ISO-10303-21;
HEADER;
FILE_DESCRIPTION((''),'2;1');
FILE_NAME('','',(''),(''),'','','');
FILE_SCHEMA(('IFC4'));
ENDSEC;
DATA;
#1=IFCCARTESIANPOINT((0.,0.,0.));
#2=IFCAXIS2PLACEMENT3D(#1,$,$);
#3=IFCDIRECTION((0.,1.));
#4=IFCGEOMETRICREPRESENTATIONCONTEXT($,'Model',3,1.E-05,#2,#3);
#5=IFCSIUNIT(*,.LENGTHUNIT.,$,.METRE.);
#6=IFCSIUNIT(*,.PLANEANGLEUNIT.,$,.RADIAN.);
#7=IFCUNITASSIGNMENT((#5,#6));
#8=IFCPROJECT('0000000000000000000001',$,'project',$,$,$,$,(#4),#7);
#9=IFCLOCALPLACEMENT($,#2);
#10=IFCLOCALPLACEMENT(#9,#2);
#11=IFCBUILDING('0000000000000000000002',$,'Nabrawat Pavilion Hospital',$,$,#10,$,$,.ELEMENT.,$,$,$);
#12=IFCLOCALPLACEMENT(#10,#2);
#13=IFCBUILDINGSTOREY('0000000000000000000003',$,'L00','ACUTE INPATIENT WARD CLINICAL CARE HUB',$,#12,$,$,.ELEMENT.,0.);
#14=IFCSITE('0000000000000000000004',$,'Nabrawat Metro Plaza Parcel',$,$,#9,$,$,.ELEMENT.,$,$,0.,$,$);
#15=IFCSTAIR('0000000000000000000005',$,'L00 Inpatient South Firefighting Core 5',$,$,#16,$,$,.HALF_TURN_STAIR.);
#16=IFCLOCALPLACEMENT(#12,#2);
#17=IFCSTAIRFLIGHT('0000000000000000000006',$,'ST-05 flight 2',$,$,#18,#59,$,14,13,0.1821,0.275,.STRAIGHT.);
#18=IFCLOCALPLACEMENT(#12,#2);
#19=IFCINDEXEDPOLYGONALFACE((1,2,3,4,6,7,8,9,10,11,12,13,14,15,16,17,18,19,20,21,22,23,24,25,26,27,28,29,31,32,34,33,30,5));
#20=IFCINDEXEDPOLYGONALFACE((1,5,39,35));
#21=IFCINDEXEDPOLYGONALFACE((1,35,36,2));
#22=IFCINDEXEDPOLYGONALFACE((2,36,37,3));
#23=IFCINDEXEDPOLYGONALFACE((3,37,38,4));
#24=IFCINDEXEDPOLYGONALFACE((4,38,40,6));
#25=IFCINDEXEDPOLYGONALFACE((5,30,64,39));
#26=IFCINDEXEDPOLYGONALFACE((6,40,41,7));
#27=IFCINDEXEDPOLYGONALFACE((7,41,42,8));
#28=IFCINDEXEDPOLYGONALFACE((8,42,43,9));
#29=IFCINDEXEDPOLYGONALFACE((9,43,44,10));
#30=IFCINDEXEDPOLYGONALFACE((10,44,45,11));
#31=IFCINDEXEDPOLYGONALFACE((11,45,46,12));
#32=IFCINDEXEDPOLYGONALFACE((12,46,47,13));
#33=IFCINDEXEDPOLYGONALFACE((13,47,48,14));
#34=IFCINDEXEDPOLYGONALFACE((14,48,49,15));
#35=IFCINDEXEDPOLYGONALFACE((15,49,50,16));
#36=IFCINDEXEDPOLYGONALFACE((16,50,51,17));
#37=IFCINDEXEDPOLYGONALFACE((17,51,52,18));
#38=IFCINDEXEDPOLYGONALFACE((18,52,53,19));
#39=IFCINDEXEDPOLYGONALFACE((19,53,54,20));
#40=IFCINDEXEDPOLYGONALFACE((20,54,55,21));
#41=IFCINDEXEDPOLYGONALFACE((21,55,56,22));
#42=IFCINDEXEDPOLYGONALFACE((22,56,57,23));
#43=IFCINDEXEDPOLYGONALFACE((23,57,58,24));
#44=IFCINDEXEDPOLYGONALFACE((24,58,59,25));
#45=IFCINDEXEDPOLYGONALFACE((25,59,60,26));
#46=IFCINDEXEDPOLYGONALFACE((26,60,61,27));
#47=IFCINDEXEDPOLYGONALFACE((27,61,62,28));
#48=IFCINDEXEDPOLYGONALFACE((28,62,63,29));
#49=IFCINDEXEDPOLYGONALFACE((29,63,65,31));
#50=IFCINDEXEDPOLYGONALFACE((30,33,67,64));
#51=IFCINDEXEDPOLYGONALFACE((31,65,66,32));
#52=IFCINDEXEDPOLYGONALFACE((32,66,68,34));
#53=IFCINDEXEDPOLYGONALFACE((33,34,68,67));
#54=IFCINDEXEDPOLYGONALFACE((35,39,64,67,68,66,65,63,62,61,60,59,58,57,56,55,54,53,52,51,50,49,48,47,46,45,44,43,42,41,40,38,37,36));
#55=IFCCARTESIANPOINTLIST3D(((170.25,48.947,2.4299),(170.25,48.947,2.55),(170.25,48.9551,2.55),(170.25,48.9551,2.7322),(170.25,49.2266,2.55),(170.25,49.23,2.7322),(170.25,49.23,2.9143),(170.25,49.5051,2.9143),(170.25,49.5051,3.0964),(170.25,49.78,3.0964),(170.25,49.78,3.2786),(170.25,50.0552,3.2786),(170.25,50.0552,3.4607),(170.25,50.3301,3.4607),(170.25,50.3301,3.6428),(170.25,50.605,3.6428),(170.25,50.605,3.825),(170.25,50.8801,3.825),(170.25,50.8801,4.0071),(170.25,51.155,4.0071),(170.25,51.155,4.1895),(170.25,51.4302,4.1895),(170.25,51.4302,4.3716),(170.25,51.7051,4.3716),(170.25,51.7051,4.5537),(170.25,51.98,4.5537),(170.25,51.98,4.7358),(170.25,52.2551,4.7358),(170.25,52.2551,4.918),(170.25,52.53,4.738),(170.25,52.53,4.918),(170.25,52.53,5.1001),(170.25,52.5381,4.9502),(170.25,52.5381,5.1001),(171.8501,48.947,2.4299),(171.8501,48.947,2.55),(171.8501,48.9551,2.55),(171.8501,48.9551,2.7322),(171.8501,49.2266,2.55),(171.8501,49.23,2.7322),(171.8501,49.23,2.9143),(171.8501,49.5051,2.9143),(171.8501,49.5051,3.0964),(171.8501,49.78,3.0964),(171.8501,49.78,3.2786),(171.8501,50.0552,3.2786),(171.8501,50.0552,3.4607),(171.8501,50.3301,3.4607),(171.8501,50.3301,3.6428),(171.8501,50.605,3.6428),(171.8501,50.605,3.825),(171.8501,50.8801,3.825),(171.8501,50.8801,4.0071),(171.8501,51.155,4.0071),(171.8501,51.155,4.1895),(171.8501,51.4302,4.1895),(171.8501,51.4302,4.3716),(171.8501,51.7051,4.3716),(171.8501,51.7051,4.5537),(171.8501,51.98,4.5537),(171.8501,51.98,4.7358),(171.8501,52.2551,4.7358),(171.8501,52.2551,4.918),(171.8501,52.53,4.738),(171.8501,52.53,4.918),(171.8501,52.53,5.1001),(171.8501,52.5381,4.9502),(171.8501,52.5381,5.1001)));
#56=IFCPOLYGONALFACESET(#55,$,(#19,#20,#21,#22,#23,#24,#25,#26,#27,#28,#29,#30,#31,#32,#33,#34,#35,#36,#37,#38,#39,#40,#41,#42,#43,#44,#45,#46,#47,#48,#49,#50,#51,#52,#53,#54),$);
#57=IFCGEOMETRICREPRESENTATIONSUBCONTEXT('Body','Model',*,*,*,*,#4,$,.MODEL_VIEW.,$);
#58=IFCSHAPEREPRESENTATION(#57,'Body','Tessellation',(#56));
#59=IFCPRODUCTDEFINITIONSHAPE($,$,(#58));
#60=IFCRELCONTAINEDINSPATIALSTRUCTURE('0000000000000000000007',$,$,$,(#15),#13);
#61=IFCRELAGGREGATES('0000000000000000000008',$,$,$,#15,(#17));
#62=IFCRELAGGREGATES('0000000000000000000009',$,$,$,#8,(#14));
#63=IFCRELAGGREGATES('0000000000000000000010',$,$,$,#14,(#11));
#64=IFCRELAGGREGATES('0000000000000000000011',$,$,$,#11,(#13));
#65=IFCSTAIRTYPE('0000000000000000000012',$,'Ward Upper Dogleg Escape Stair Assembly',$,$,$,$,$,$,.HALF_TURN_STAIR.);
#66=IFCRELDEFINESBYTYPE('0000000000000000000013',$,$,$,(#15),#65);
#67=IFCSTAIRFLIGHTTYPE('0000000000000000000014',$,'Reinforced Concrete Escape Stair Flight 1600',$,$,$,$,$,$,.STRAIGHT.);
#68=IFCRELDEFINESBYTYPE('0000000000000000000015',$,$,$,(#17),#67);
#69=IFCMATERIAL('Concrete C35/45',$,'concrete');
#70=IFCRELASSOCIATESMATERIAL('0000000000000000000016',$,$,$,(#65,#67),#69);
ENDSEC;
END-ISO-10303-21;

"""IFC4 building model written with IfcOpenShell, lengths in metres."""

from ifc_helpers import new_model, si_unit, direction, frame, origin, place, context, subcontext, project, spatial, polyline, outline, extrude, material, type_object, element, aggregate, save


model = new_model("IFC4")

# Units and contexts
model_context = context("Model", 3, precision=1e-05, world=origin(), true_north=direction((0.0, 1.0)))
body_context = subcontext(model_context, "Body", "Model", "MODEL_VIEW")
ifc_project = project(units=[si_unit("LENGTHUNIT", "METRE"), si_unit("PLANEANGLEUNIT", "RADIAN")], contexts=[model_context])

# Site, building, storey
site_placement = place(None, origin())
site = spatial("IfcSite", under=ifc_project, at=site_placement, Name="Nabrawat Metro Plaza Parcel", CompositionType="ELEMENT", RefElevation=0.0)
building_placement = place(site_placement, origin())
building = spatial("IfcBuilding", under=site, at=building_placement, Name="Nabrawat Pavilion Hospital", CompositionType="ELEMENT")
storey_placement = place(building_placement, origin())
storey = spatial("IfcBuildingStorey", under=building, at=storey_placement, Name="L00", Description="ACUTE INPATIENT WARD CLINICAL CARE HUB", CompositionType="ELEMENT", Elevation=0.0)

# Shared definitions
ifc_material_1 = material(Name="Concrete C35/45", Category="concrete")

# Stair, stair flight
stair_type = type_object("IfcStairType", Name="Ward Upper Dogleg Escape Stair Assembly", PredefinedType="HALF_TURN_STAIR", material=ifc_material_1)
stair_placement = place(storey_placement, origin())
stair = element("IfcStair", 1, at=stair_placement, inside=storey, type_object=stair_type, Name="L00 Inpatient South Firefighting Core 5", PredefinedType="HALF_TURN_STAIR")
stair_flight_type = type_object("IfcStairFlightType", Name="Reinforced Concrete Escape Stair Flight 1600", PredefinedType="STRAIGHT", material=ifc_material_1)
stair_flight_1_placement = place(storey_placement, frame((171.05, 48.9551, 2.55), z_axis=(0.0, 0.0, 1.0), x_axis=(0.0, 1.0, 0.0)))
stair_flight_1 = element("IfcStairFlight", 2, at=stair_flight_1_placement, type_object=stair_flight_type, Name="ST-05 flight 2", NumberOfRisers=14, NumberOfTreads=13, PredefinedType="STRAIGHT", RiserHeight=0.1821, TreadLength=0.275, context=body_context, shape_type="SweptSolid", body=[
    extrude(outline(polyline([(-0.0081, 0.0), (0.0, 0.0), (0.0, 0.1821), (0.2749, 0.1821), (0.2749, 0.3643), (0.55, 0.3643), (0.55, 0.5464), (0.825, 0.5464), (0.825, 0.7285), (1.1001, 0.7285), (1.1001, 0.9106), (1.375, 0.9106), (1.375, 1.0928), (1.6499, 1.0928), (1.6499, 1.2749), (1.925, 1.2749), (1.925, 1.457), (2.2, 1.457), (2.2, 1.6394), (2.4751, 1.6394), (2.4751, 1.8215), (2.75, 1.8215), (2.75, 2.0037), (3.0249, 2.0037), (3.0249, 2.1858), (3.3, 2.1858), (3.3, 2.3679), (3.575, 2.3679), (3.575, 2.55), (3.583, 2.55), (3.583, 2.4001), (3.575, 2.188), (0.2715, 0.0), (-0.0081, -0.1201), (-0.0081, 0.0)])), frame((0.0, 0.8, 0.0), z_axis=(0.0, -1.0, 0.0), x_axis=(1.0, 0.0, 0.0)), (0.0, 0.0, 1.0), 1.6001),
])
aggregate(stair, [stair_flight_1])

save(model, "model.ifc")
